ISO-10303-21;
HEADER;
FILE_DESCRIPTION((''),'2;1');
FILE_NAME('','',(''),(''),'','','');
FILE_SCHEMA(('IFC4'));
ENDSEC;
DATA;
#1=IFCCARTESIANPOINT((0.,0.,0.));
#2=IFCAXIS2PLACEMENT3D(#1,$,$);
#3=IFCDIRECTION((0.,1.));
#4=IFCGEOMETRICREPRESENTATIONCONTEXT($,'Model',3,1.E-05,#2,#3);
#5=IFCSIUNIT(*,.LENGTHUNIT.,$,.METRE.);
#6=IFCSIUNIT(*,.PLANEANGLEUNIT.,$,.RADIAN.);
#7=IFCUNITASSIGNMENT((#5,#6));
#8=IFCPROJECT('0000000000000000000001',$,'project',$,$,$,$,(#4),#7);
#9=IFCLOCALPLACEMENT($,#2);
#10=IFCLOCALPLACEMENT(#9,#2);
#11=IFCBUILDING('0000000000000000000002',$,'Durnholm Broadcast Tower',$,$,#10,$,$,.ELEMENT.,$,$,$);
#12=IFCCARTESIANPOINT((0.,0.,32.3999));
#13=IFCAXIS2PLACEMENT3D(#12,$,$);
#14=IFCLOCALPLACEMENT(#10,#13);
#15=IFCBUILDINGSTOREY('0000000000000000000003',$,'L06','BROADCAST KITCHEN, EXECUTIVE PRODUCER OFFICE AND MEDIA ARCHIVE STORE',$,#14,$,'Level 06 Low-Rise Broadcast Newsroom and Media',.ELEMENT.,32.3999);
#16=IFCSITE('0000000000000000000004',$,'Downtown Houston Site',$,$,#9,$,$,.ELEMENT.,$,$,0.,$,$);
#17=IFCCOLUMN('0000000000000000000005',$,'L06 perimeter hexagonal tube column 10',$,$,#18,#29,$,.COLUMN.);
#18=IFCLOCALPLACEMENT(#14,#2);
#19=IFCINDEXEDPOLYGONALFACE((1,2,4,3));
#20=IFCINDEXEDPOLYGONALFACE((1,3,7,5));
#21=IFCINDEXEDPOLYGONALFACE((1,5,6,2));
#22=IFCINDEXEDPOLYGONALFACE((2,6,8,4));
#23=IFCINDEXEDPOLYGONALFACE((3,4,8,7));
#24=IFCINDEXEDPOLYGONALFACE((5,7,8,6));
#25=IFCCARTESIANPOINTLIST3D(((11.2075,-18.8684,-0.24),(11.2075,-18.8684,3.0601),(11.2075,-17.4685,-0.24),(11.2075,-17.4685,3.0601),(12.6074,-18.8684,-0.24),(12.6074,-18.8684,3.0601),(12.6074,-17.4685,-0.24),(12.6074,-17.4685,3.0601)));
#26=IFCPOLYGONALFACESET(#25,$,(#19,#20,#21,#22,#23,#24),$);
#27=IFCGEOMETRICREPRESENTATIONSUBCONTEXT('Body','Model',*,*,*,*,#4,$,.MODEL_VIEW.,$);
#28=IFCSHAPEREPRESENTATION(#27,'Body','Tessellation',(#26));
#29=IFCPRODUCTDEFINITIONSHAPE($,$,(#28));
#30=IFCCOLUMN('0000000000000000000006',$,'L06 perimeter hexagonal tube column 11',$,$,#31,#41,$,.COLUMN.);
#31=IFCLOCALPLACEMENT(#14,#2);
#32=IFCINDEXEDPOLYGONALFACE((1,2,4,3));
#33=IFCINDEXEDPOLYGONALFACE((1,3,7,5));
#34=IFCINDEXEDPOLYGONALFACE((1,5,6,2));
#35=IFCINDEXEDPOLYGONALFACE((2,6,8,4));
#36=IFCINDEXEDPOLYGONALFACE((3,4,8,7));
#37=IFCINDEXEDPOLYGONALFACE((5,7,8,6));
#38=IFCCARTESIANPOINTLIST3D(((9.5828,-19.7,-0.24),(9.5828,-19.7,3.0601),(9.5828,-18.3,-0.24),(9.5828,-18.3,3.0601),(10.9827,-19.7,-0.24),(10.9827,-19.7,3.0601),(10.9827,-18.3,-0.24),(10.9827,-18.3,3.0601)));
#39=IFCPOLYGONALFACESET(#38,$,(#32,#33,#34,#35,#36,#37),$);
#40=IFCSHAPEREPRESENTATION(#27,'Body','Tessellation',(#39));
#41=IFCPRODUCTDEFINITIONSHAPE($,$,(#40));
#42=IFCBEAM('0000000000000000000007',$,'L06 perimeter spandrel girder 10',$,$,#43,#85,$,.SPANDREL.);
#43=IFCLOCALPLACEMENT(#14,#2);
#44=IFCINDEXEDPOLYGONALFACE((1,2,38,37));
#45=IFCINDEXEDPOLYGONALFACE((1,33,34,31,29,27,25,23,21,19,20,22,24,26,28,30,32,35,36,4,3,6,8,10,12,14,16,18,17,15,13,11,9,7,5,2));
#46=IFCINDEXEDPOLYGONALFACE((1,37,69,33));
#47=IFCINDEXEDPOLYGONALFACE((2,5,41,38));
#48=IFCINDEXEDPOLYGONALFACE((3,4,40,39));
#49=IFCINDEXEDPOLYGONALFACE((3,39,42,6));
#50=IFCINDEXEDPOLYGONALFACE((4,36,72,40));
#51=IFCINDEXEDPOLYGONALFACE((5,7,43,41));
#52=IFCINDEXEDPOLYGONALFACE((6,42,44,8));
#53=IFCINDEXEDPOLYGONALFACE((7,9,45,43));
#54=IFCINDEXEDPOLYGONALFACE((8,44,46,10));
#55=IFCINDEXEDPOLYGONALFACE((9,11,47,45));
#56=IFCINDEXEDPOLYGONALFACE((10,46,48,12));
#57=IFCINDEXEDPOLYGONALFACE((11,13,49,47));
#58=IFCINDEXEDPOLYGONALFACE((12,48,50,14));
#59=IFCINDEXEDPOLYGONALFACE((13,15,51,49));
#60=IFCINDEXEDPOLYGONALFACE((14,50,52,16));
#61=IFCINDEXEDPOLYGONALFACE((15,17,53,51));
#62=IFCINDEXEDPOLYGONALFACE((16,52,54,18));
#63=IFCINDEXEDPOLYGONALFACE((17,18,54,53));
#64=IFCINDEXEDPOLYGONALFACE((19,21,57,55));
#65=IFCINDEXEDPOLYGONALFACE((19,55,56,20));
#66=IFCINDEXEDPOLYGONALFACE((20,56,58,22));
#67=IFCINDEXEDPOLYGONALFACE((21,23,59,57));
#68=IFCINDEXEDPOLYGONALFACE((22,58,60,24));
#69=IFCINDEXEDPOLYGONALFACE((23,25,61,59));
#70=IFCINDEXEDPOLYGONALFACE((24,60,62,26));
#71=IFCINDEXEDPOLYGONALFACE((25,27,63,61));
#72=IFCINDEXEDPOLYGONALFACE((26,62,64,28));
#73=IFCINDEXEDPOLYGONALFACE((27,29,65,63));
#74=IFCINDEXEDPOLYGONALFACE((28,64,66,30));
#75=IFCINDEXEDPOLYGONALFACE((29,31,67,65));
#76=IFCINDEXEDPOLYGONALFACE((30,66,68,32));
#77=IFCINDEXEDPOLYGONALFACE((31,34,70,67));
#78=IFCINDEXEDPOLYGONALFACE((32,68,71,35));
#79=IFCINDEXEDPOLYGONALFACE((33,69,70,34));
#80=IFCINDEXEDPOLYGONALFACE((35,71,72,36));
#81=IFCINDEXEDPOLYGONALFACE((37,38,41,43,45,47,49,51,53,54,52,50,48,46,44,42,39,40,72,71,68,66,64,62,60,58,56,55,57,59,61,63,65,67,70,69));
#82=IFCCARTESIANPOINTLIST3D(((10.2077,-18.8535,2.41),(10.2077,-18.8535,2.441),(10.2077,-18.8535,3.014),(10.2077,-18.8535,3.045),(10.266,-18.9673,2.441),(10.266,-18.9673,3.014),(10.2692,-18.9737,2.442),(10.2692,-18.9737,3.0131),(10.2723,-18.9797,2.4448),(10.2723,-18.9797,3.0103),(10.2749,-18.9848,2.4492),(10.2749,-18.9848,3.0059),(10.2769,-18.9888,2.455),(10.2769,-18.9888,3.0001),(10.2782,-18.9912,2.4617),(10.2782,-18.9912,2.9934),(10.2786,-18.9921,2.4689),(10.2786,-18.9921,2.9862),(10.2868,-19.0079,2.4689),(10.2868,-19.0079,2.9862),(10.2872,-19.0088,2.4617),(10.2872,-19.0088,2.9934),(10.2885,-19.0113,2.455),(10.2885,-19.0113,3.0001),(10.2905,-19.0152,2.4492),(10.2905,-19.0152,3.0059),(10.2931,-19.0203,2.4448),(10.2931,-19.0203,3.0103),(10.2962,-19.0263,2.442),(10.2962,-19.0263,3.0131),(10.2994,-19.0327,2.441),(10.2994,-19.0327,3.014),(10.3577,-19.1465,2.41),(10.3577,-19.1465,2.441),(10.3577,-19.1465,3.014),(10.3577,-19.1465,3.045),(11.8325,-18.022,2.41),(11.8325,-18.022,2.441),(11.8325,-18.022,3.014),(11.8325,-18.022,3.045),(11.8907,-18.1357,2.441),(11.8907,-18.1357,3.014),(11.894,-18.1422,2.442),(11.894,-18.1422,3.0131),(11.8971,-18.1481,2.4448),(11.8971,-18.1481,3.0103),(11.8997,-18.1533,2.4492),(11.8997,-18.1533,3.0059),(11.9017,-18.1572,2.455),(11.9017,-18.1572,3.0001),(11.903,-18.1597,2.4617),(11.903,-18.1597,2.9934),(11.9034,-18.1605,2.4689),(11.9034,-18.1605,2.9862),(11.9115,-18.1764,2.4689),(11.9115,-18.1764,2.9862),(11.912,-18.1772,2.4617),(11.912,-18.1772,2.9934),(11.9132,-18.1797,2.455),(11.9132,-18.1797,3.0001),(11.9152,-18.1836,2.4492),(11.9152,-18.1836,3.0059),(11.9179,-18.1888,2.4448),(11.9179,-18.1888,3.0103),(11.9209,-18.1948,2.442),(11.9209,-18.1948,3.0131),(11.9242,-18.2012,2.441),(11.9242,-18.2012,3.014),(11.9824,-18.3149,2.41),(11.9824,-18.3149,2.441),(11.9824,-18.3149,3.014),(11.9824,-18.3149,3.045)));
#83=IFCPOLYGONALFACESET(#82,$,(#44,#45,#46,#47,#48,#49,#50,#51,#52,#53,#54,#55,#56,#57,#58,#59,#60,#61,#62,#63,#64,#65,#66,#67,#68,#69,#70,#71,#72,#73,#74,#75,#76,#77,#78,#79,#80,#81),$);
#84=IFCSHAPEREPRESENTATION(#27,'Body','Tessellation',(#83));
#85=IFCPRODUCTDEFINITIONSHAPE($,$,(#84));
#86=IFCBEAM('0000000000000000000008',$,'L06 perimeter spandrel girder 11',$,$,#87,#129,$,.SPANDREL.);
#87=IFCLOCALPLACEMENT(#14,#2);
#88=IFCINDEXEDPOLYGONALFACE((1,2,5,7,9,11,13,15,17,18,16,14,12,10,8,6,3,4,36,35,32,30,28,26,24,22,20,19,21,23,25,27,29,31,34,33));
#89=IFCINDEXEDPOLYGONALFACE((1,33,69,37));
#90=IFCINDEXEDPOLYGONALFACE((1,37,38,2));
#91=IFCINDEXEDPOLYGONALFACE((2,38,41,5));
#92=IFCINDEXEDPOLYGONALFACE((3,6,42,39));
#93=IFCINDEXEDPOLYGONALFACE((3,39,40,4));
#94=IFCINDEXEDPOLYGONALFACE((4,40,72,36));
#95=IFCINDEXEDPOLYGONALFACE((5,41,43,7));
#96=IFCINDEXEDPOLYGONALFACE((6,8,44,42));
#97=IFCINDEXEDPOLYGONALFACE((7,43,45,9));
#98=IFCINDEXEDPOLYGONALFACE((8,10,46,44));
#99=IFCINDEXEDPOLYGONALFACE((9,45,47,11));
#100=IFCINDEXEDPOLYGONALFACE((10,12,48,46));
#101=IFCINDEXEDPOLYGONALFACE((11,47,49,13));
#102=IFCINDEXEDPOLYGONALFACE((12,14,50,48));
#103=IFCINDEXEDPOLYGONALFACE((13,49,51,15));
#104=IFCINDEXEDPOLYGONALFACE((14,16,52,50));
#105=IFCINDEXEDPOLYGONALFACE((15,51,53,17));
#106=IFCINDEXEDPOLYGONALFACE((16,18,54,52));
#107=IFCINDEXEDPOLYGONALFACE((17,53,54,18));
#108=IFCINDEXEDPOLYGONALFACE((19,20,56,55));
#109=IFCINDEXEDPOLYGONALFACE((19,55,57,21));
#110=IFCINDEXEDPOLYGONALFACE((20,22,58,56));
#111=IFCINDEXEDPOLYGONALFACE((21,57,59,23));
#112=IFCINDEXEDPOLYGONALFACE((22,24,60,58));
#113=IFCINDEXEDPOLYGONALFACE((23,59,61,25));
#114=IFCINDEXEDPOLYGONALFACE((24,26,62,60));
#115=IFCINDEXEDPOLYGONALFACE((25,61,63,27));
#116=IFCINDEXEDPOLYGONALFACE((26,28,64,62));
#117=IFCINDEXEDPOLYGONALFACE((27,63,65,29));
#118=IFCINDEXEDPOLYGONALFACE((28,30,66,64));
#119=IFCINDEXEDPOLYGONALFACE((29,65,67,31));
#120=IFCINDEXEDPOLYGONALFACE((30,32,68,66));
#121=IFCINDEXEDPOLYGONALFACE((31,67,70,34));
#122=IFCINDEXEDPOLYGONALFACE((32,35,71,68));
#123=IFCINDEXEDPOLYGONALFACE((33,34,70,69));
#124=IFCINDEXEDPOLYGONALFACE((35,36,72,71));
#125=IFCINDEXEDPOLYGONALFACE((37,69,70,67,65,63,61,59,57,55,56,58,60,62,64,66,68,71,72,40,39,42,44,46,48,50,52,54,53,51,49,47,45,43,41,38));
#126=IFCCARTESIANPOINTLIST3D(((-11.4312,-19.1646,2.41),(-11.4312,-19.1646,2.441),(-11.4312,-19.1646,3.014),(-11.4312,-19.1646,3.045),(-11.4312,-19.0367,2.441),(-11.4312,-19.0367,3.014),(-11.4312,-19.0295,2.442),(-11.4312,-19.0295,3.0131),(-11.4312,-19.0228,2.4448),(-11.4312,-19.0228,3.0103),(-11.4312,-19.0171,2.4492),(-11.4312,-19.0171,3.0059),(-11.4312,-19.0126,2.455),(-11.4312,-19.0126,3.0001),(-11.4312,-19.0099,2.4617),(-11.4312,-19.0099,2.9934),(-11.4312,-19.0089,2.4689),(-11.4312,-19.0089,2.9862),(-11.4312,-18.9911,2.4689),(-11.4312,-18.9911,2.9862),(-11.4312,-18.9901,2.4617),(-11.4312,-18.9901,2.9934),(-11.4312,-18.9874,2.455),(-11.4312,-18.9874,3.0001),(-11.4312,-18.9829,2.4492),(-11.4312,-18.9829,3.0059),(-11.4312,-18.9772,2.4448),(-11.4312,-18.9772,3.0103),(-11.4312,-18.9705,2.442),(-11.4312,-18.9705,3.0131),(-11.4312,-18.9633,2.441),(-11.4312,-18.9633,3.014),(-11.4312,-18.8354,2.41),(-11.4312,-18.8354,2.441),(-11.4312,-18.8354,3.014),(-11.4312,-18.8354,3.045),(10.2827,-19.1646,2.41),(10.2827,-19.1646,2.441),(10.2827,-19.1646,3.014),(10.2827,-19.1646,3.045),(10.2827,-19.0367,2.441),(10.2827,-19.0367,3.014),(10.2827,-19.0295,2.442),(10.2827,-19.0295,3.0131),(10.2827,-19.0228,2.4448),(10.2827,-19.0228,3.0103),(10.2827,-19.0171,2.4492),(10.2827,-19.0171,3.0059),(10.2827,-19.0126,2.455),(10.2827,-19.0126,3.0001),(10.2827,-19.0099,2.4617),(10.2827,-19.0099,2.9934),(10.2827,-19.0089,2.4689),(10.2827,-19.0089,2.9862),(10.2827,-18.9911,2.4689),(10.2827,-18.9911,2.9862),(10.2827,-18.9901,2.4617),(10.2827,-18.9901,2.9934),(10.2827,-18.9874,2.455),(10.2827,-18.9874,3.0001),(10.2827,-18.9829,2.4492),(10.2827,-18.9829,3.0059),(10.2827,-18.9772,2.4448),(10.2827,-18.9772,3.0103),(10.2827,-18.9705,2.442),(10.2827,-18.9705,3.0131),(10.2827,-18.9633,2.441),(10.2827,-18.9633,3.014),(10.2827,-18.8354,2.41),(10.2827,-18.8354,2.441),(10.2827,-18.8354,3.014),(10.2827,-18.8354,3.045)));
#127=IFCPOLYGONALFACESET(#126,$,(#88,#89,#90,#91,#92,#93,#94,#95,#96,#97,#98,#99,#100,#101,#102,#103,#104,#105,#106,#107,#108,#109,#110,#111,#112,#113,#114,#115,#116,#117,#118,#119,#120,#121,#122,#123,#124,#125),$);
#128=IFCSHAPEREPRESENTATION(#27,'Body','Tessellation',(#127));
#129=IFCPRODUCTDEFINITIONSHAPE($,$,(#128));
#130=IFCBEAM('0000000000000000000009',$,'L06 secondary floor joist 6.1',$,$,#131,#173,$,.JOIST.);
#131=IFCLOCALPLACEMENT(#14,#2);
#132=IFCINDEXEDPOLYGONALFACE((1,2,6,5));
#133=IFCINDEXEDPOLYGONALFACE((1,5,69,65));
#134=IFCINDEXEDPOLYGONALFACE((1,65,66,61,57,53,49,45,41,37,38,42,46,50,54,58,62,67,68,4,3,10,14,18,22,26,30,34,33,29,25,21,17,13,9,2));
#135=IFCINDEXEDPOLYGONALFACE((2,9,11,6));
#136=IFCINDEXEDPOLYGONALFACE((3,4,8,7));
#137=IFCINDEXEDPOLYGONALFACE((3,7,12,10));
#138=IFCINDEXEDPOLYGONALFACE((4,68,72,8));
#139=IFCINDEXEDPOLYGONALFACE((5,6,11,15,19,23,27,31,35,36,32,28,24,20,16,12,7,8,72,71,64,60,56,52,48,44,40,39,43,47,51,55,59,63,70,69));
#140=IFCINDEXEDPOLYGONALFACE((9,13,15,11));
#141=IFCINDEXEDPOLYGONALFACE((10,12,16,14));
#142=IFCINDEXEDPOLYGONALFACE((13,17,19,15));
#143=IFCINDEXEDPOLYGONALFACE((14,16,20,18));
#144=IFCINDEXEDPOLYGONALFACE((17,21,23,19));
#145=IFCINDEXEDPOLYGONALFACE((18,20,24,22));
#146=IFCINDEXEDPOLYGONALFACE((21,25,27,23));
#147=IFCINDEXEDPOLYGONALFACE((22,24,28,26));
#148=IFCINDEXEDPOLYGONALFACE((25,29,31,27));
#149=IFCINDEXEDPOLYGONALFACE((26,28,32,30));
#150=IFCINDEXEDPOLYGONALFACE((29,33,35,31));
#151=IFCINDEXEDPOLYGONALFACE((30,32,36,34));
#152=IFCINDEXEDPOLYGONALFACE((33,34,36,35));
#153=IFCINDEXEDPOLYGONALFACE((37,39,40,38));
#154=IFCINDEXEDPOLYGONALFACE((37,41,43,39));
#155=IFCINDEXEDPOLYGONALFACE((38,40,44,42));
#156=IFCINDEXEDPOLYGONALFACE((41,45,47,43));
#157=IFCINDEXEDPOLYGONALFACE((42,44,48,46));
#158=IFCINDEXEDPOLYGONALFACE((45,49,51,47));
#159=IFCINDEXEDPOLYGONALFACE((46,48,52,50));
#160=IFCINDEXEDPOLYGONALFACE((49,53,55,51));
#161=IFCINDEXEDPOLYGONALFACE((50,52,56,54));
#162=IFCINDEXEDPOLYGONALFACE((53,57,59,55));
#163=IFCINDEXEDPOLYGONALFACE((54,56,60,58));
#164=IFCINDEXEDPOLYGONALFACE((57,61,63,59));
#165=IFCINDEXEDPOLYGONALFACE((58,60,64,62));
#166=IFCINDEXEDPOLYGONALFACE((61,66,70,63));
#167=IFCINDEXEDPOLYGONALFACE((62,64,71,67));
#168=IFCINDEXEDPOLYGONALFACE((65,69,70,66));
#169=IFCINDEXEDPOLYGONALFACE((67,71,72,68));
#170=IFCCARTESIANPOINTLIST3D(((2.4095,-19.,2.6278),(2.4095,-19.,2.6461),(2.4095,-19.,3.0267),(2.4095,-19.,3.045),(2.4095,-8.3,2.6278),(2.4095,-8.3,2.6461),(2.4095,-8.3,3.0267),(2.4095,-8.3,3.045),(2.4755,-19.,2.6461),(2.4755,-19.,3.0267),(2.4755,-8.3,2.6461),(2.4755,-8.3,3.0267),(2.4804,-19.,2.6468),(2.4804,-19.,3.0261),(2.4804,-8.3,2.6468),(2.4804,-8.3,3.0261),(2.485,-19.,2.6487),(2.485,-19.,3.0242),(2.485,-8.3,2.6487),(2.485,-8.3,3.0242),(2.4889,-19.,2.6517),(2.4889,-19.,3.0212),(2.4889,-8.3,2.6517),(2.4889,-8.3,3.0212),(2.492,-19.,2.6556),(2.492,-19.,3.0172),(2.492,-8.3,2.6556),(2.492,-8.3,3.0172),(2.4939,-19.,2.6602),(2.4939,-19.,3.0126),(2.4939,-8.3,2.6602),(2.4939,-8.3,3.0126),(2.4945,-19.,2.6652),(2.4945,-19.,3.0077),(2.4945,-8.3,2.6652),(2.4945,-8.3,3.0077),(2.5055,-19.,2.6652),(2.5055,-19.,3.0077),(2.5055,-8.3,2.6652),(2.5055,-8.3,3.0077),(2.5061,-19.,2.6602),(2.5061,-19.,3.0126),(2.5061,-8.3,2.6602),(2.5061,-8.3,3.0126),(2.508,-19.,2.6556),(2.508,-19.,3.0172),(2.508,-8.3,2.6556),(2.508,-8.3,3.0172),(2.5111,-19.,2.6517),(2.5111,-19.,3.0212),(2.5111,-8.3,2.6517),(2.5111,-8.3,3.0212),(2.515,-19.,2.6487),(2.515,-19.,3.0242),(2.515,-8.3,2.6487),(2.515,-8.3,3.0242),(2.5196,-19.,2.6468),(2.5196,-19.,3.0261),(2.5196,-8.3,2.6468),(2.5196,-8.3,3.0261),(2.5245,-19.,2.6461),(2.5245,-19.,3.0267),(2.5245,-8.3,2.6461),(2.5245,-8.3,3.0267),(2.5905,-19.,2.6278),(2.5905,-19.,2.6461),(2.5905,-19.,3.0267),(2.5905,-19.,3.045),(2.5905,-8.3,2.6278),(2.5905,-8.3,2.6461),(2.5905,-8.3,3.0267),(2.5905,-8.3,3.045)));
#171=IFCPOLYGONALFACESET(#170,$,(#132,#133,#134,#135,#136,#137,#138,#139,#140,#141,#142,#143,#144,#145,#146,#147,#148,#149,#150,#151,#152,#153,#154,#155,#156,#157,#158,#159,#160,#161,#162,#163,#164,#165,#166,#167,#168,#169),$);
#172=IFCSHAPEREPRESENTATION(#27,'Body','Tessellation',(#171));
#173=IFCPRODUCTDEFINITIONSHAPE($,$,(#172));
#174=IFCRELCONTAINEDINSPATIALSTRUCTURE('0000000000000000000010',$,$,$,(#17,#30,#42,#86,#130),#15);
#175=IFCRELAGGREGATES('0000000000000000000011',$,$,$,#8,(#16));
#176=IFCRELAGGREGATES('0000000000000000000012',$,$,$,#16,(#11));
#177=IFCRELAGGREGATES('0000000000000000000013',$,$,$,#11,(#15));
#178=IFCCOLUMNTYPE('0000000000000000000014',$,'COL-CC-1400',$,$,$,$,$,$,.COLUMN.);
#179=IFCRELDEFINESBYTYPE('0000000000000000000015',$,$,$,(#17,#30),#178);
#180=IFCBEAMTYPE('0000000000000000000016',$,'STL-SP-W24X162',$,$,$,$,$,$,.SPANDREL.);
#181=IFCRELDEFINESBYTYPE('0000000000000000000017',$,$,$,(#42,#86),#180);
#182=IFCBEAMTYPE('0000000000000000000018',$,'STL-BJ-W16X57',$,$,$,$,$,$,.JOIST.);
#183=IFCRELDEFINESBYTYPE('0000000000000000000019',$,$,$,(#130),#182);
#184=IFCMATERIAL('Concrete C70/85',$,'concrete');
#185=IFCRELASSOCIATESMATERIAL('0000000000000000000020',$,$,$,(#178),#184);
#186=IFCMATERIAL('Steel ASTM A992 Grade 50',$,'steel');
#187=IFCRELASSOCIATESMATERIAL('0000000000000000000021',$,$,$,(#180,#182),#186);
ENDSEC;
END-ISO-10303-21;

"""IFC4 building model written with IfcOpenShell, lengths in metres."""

from ifc_helpers import new_model, si_unit, direction, frame, origin, origin_2d, place, context, subcontext, project, spatial, rectangle, i_section, extrude, source, transform, mapped, material, material_profile, profile_set, type_object, type_shapes, element, save


model = new_model("IFC4")

# Units and contexts
model_context = context("Model", 3, precision=1e-05, world=origin(), true_north=direction((0.0, 1.0)))
body_context = subcontext(model_context, "Body", "Model", "MODEL_VIEW")
ifc_project = project(units=[si_unit("LENGTHUNIT", "METRE"), si_unit("PLANEANGLEUNIT", "RADIAN")], contexts=[model_context])

# Site, building, storey
site_placement = place(None, origin())
site = spatial("IfcSite", under=ifc_project, at=site_placement, Name="Downtown Houston Site", CompositionType="ELEMENT", RefElevation=0.0)
building_placement = place(site_placement, origin())
building = spatial("IfcBuilding", under=site, at=building_placement, Name="Durnholm Broadcast Tower", CompositionType="ELEMENT")
storey_placement = place(building_placement, frame((0.0, 0.0, 32.3999)))
storey = spatial("IfcBuildingStorey", under=building, at=storey_placement, Name="L06", Description="BROADCAST KITCHEN, EXECUTIVE PRODUCER OFFICE AND MEDIA ARCHIVE STORE", LongName="Level 06 Low-Rise Broadcast Newsroom and Media", CompositionType="ELEMENT", Elevation=32.3999)

# Columns
ifc_material_1 = material(Name="Concrete C70/85", Category="concrete")
ifc_material_profile_1 = material_profile(ifc_material_1, rectangle(XDim=1.3999, YDim=1.3999, at=origin_2d()), Name="RC1400X1400")
ifc_profile_set_1 = profile_set([ifc_material_profile_1], Name="Concrete C70/85")
column_type = type_object("IfcColumnType", Name="COL-CC-1400", PredefinedType="COLUMN", material=ifc_profile_set_1)
shared_shape_1 = source(origin(), body_context, "Body", "SweptSolid", [
    extrude(rectangle(XDim=1.3999, YDim=1.3999, at=origin_2d()), origin(), (0.0, 0.0, 1.0), 3.3),
])
type_shapes(column_type, [shared_shape_1])
for number, where, z_axis, x_axis, name in (
    (1, (11.9075, -18.1685, -0.24), (0.0, 0.0, 1.0), (1.0, 0.0, 0.0), "L06 perimeter hexagonal tube column 10"),
    (2, (10.2827, -19.0, -0.24), (0.0, 0.0, 1.0), (1.0, 0.0, 0.0), "L06 perimeter hexagonal tube column 11"),
):
    element("IfcColumn", number, at=place(storey_placement, frame(where, z_axis=z_axis, x_axis=x_axis)), inside=storey, type_object=column_type, Name=name, PredefinedType="COLUMN", context=body_context, shape_type="MappedRepresentation", body=[
        mapped(shared_shape_1, transform((0.0, 0.0, 0.0), x_axis=(1.0, 0.0, 0.0), y_axis=(0.0, 1.0, 0.0), z_axis=(0.0, 0.0, 1.0), scale=1.0)),
    ])

# Beams
ifc_material_2 = material(Name="Steel ASTM A992 Grade 50", Category="steel")
ifc_material_profile_2 = material_profile(ifc_material_2, i_section(OverallWidth=0.3291, OverallDepth=0.635, WebThickness=0.0178, FlangeThickness=0.031, FilletRadius=0.0278, at=origin_2d()), Name="W24X162")
ifc_profile_set_2 = profile_set([ifc_material_profile_2], Name="Steel ASTM A992 Grade 50")
beam_type_1 = type_object("IfcBeamType", Name="STL-SP-W24X162", PredefinedType="SPANDREL", material=ifc_profile_set_2)
shared_shape_2 = source(origin(), body_context, "Body", "SweptSolid", [
    extrude(i_section(OverallWidth=0.3291, OverallDepth=0.635, WebThickness=0.0178, FlangeThickness=0.031, FilletRadius=0.0278, at=origin_2d()), origin(), (0.0, 0.0, 1.0), 1.8252),
])
beam_1_placement = place(storey_placement, frame((11.9075, -18.1685, 2.7275), z_axis=(-0.890188, -0.455594, 0.0), x_axis=(0.455594, -0.890188, 0.0)))
element("IfcBeam", 3, at=beam_1_placement, inside=storey, type_object=beam_type_1, Name="L06 perimeter spandrel girder 10", PredefinedType="SPANDREL", context=body_context, shape_type="MappedRepresentation", body=[
    mapped(shared_shape_2, transform((0.0, 0.0, 0.0), x_axis=(1.0, 0.0, 0.0), y_axis=(0.0, 1.0, 0.0), z_axis=(0.0, 0.0, 1.0), scale=1.0)),
])
shared_shape_3 = source(origin(), body_context, "Body", "SweptSolid", [
    extrude(i_section(OverallWidth=0.3291, OverallDepth=0.635, WebThickness=0.0178, FlangeThickness=0.031, FilletRadius=0.0278, at=origin_2d()), origin(), (0.0, 0.0, 1.0), 21.7139),
])
type_shapes(beam_type_1, [shared_shape_2, shared_shape_3])
beam_2_placement = place(storey_placement, frame((10.2827, -19.0, 2.7275), z_axis=(-1.0, 0.0, 0.0), x_axis=(0.0, -1.0, 0.0)))
element("IfcBeam", 4, at=beam_2_placement, inside=storey, type_object=beam_type_1, Name="L06 perimeter spandrel girder 11", PredefinedType="SPANDREL", context=body_context, shape_type="MappedRepresentation", body=[
    mapped(shared_shape_3, transform((0.0, 0.0, 0.0), x_axis=(1.0, 0.0, 0.0), y_axis=(0.0, 1.0, 0.0), z_axis=(0.0, 0.0, 1.0), scale=1.0)),
])
ifc_material_profile_3 = material_profile(ifc_material_2, i_section(OverallWidth=0.1809, OverallDepth=0.4172, WebThickness=0.011, FlangeThickness=0.0183, FilletRadius=0.019, at=origin_2d()), Name="W16X57")
ifc_profile_set_3 = profile_set([ifc_material_profile_3], Name="Steel ASTM A992 Grade 50")
beam_type_2 = type_object("IfcBeamType", Name="STL-BJ-W16X57", PredefinedType="JOIST", material=ifc_profile_set_3)
shared_shape_4 = source(origin(), body_context, "Body", "SweptSolid", [
    extrude(i_section(OverallWidth=0.1809, OverallDepth=0.4172, WebThickness=0.011, FlangeThickness=0.0183, FilletRadius=0.019, at=origin_2d()), origin(), (0.0, 0.0, 1.0), 10.7),
])
type_shapes(beam_type_2, [shared_shape_4])
beam_3_placement = place(storey_placement, frame((2.5, -19.0, 2.8364), z_axis=(0.0, 1.0, 0.0), x_axis=(-1.0, 0.0, 0.0)))
element("IfcBeam", 5, at=beam_3_placement, inside=storey, type_object=beam_type_2, Name="L06 secondary floor joist 6.1", PredefinedType="JOIST", context=body_context, shape_type="MappedRepresentation", body=[
    mapped(shared_shape_4, transform((0.0, 0.0, 0.0), x_axis=(1.0, 0.0, 0.0), y_axis=(0.0, 1.0, 0.0), z_axis=(0.0, 0.0, 1.0), scale=1.0)),
])

save(model, "model.ifc")
